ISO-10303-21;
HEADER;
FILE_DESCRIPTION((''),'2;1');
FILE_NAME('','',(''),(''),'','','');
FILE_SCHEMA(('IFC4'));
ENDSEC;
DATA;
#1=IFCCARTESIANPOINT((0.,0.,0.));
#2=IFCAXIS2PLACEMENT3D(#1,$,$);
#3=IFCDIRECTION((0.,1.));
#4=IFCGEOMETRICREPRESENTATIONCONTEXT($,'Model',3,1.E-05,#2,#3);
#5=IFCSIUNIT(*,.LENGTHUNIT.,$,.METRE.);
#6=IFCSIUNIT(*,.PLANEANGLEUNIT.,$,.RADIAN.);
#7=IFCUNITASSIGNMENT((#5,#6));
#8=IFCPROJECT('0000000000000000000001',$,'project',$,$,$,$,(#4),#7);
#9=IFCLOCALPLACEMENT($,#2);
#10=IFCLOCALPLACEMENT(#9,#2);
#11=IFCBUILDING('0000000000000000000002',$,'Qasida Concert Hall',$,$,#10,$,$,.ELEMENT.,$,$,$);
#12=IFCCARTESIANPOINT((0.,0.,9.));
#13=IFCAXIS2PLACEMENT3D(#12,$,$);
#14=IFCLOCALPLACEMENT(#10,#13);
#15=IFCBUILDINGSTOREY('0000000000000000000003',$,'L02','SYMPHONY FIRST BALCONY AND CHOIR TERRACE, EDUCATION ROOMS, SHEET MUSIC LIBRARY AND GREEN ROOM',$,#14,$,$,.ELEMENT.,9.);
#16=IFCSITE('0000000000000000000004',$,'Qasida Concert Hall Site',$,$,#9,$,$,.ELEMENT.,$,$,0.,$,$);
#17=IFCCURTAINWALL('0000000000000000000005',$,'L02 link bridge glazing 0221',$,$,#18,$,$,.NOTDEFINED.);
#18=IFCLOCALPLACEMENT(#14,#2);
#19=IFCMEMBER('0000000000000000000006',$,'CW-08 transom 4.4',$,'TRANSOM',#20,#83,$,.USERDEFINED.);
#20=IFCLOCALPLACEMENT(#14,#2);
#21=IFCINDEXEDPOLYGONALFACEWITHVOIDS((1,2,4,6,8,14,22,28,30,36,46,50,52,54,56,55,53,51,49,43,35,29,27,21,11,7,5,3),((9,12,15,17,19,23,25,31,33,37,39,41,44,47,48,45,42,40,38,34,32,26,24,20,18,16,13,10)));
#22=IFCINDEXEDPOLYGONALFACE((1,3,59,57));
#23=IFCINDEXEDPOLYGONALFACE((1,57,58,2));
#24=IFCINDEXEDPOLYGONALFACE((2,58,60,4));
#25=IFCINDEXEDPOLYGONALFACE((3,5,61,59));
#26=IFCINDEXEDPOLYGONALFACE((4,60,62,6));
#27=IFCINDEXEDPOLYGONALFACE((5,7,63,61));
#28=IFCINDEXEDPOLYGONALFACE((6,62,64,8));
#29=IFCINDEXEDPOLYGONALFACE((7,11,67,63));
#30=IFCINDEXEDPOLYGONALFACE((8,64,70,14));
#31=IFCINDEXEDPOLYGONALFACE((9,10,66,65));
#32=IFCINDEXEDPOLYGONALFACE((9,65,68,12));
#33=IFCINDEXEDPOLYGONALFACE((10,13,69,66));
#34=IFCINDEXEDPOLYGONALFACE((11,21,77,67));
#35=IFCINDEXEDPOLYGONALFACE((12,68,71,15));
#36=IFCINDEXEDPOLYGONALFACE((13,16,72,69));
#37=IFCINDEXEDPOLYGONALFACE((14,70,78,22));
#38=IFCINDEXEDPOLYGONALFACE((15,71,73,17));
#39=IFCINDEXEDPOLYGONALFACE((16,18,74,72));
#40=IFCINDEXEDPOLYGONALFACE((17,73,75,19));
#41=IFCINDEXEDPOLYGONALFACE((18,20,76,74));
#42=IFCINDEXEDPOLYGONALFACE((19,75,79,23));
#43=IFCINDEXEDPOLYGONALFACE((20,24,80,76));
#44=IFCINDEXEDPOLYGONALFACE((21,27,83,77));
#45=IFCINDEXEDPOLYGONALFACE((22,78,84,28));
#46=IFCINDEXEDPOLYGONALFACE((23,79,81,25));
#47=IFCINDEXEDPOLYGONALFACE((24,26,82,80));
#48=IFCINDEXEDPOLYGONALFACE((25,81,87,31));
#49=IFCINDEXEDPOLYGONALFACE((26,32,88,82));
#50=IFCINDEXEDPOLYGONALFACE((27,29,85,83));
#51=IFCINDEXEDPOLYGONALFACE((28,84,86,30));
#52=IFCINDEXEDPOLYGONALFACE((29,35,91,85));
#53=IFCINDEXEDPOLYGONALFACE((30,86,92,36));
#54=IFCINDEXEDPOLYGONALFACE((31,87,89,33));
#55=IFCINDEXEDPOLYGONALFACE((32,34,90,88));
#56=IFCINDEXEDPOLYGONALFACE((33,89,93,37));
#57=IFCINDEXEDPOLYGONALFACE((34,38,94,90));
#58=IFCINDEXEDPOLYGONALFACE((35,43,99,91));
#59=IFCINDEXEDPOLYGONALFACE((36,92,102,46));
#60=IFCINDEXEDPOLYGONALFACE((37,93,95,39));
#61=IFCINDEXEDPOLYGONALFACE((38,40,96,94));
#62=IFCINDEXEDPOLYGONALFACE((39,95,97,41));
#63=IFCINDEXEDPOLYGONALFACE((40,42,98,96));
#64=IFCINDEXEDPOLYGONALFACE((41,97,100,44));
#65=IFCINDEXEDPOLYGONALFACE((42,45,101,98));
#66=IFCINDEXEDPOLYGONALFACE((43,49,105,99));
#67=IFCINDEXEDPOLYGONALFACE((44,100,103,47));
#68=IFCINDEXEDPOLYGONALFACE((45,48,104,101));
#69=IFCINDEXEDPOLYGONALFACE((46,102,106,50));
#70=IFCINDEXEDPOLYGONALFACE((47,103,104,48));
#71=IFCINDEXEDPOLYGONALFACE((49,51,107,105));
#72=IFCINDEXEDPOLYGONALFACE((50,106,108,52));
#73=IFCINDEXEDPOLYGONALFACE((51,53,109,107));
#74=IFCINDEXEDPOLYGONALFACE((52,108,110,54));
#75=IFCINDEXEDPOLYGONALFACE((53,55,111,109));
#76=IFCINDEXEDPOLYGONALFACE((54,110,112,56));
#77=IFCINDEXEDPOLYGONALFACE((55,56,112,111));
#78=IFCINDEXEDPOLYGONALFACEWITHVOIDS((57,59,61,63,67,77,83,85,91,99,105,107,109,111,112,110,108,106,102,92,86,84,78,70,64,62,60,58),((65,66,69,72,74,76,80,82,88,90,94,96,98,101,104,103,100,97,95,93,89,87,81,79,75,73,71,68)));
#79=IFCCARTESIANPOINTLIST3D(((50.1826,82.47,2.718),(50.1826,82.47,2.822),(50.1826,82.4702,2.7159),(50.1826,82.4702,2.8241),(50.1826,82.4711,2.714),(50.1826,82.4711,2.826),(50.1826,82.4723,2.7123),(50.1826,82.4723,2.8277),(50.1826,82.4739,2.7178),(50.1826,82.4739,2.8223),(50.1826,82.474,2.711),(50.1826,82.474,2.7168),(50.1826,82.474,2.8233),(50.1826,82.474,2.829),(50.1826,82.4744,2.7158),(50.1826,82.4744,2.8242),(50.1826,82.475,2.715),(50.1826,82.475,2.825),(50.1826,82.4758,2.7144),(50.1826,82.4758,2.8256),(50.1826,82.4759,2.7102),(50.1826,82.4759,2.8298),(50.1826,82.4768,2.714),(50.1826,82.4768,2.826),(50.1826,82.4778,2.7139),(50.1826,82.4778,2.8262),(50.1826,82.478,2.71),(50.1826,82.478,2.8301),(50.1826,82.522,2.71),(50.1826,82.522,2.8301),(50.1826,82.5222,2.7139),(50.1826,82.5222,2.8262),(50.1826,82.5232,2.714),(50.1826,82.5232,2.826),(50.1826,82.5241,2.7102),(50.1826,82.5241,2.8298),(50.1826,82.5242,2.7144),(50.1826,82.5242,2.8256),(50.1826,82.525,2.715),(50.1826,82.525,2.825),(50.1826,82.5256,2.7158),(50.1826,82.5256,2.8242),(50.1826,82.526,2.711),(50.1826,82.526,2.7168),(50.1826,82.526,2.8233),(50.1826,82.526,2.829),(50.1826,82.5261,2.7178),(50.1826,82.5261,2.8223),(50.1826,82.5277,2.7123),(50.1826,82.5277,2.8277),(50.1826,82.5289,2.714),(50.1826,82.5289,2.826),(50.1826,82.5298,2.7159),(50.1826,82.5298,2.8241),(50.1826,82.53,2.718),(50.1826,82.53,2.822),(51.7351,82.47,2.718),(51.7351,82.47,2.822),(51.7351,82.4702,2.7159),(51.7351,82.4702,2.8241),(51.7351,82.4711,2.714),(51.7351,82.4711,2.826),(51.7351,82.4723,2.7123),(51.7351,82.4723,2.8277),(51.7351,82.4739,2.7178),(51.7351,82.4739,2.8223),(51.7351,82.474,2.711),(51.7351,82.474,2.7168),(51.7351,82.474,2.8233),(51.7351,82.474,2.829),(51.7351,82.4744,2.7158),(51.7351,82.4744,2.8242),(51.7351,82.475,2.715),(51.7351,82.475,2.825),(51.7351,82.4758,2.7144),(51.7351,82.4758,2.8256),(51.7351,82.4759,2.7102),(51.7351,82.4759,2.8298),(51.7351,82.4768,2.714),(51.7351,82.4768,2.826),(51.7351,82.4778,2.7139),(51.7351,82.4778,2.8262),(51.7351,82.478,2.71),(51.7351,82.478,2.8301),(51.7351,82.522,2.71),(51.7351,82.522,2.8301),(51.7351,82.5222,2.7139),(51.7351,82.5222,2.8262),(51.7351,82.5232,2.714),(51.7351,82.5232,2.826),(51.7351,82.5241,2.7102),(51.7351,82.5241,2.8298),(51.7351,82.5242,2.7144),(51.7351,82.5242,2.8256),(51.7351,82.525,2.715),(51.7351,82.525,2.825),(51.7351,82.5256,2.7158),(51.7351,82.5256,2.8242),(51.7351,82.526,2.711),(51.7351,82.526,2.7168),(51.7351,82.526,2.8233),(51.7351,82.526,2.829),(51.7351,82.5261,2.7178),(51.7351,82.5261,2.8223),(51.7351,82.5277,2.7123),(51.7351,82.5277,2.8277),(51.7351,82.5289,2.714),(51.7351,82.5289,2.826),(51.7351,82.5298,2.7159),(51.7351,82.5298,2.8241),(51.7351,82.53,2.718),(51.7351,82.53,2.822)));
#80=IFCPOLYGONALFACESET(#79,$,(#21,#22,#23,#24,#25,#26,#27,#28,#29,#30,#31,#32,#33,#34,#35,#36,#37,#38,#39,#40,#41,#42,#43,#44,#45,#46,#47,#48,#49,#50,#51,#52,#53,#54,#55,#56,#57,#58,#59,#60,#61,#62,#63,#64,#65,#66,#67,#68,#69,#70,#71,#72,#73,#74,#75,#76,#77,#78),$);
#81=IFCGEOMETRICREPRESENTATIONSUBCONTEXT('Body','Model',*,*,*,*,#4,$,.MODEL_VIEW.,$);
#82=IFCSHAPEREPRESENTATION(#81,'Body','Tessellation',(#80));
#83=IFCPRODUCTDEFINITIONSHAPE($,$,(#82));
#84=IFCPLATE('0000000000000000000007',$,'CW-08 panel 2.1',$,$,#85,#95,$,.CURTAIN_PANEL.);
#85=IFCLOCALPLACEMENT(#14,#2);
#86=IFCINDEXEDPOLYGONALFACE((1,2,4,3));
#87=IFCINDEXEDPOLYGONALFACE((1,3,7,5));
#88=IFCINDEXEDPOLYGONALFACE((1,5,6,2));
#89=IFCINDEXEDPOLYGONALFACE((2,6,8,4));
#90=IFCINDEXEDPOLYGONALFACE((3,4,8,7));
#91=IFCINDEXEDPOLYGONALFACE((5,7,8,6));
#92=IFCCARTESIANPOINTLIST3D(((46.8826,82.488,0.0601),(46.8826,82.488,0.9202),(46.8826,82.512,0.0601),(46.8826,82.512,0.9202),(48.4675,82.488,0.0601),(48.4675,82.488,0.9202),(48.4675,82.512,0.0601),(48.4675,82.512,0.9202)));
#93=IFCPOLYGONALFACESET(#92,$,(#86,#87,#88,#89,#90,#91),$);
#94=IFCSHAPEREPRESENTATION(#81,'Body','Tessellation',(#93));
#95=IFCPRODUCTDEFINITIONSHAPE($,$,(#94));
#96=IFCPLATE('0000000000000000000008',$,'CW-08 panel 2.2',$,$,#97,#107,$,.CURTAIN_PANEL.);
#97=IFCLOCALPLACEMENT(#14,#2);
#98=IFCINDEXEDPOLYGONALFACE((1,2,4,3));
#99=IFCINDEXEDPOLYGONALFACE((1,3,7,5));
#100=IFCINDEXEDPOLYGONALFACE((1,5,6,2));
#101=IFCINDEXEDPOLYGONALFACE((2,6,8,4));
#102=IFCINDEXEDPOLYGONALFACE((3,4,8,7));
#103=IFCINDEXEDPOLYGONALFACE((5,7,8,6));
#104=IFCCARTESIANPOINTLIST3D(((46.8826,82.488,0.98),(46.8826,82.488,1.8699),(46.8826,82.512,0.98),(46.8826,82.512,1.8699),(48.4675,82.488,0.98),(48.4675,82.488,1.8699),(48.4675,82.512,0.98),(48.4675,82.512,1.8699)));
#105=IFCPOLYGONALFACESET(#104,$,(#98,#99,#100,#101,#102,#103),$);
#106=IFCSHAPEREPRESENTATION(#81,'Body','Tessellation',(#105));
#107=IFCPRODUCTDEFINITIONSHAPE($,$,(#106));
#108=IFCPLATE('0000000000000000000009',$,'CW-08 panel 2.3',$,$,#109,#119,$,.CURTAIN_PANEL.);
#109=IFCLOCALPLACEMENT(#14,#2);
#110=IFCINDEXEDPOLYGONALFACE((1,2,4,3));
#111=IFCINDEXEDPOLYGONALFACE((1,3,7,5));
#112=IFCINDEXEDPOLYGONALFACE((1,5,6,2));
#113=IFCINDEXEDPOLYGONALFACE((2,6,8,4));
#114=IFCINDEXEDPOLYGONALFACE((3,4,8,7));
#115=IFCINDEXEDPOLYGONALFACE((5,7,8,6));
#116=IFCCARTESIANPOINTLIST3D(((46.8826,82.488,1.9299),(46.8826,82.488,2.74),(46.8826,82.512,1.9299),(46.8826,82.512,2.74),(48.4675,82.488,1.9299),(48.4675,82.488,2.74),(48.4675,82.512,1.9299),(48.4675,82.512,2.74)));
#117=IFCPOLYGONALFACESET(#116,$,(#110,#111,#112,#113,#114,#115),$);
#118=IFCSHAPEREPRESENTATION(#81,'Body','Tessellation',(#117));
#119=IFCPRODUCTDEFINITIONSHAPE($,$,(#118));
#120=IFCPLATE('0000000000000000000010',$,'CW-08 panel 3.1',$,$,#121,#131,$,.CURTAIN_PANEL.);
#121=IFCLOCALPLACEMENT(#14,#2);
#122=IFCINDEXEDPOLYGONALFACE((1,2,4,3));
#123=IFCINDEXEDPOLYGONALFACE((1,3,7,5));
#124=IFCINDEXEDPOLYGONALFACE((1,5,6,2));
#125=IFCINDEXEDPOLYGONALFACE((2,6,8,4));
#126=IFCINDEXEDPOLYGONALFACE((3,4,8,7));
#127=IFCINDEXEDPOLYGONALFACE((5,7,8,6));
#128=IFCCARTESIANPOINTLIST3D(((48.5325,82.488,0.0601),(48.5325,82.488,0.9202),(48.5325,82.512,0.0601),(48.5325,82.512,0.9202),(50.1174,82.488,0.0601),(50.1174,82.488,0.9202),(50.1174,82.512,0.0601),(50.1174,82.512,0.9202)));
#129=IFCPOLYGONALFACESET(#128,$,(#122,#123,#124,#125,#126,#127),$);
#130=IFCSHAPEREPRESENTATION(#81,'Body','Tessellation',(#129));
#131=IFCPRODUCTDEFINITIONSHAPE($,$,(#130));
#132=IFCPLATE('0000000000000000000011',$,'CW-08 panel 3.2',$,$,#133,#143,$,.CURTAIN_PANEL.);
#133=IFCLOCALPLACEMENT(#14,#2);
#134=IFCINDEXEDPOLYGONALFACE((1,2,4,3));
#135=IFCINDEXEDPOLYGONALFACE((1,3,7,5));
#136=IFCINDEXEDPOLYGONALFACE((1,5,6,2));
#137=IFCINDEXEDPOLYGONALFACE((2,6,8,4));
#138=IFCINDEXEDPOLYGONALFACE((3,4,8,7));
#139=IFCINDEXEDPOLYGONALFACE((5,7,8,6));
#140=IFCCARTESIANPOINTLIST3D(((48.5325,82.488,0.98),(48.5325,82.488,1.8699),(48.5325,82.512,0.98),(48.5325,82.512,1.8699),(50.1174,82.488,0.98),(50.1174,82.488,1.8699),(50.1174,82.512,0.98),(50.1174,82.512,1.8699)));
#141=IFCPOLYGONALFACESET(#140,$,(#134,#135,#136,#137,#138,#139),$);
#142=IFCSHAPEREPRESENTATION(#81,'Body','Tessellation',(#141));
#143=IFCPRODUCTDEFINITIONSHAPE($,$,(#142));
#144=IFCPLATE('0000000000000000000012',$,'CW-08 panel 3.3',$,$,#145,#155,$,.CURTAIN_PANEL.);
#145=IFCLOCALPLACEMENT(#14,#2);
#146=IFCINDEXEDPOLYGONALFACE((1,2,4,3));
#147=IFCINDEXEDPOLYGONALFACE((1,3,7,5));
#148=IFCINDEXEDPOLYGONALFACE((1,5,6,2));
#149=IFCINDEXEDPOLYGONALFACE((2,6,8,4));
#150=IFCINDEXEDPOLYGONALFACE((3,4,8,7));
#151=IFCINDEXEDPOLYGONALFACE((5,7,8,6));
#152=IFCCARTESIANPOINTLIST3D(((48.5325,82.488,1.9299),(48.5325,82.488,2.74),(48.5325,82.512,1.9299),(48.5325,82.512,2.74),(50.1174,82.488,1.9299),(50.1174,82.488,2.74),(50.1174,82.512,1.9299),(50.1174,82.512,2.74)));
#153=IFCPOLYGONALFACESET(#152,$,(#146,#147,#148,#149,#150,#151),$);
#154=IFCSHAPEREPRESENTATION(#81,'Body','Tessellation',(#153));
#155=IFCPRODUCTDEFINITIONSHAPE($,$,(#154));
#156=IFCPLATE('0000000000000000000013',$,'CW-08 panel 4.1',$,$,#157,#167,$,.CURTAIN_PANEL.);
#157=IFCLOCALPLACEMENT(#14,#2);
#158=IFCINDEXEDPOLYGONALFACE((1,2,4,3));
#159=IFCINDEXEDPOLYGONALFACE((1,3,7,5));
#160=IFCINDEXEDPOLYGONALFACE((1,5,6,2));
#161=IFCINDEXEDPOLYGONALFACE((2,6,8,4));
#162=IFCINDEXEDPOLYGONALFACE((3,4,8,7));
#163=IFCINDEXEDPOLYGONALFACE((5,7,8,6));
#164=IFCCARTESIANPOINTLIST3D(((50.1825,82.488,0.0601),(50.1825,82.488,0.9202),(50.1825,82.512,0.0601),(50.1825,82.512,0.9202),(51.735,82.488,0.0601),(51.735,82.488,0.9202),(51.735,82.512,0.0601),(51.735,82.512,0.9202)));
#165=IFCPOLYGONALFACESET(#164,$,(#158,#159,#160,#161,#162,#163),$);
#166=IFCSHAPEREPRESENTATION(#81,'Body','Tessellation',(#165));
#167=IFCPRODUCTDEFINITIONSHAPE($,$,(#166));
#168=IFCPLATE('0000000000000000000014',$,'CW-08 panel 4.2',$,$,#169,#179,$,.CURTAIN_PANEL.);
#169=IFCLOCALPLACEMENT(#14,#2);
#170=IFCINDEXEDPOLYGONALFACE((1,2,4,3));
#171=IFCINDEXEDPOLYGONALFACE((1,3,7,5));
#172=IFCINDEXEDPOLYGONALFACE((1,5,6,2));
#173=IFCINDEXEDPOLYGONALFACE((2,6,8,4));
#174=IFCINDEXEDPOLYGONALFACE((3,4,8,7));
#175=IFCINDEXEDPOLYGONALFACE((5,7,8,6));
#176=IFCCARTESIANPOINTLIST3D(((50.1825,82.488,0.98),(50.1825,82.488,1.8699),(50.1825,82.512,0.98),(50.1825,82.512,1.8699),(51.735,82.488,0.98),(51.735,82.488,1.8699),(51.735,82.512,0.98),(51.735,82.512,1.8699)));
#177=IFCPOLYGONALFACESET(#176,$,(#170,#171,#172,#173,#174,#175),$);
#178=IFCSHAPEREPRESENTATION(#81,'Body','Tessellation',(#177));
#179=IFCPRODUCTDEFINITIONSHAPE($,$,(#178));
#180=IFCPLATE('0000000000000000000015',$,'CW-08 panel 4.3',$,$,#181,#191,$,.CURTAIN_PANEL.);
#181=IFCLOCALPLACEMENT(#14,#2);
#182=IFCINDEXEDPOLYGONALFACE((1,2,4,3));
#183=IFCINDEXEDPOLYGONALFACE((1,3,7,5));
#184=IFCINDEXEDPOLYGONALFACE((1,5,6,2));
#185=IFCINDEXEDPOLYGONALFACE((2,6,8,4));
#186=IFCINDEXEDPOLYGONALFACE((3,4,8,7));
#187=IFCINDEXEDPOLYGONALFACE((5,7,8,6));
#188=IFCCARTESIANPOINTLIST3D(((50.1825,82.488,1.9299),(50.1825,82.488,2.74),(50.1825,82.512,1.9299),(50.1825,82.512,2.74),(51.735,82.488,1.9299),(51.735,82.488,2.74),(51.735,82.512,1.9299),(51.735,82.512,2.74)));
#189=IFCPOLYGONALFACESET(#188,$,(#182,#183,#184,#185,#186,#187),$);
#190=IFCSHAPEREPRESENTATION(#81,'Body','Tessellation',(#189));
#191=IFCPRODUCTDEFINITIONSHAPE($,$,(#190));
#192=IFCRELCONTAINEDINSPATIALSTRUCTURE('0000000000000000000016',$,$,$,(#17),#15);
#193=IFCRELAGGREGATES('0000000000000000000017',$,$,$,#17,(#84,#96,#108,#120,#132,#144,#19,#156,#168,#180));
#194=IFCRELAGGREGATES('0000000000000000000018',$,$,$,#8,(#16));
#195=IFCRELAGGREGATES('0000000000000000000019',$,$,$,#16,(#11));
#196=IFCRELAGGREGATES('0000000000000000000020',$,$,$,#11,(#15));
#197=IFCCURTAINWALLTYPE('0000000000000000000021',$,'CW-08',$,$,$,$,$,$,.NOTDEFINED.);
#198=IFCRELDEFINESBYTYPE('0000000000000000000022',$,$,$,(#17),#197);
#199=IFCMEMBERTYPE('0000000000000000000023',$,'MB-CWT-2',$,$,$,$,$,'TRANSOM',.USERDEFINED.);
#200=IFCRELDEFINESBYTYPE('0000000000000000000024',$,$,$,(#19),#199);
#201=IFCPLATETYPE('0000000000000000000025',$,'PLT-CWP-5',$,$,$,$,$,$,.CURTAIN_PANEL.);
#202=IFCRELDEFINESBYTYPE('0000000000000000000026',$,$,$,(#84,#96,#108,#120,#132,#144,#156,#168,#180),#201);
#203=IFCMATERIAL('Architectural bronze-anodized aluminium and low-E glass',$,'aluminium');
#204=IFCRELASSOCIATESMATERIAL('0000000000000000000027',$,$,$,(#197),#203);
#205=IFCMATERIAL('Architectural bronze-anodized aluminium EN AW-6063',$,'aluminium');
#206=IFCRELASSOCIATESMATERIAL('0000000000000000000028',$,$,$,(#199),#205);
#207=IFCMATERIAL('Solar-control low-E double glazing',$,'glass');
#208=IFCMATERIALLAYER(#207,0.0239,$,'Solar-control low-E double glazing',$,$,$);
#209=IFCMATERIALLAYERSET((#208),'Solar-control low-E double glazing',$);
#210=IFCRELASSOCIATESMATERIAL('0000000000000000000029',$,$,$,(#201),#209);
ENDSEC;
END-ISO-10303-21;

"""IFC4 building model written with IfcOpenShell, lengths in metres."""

from ifc_helpers import new_model, si_unit, direction, frame, origin, origin_2d, place, context, subcontext, project, spatial, rectangle, hollow_rectangle, extrude, material, layer, layer_set, material_profile, profile_set, type_object, element, aggregate, save


model = new_model("IFC4")

# Units and contexts
model_context = context("Model", 3, precision=1e-05, world=origin(), true_north=direction((0.0, 1.0)))
body_context = subcontext(model_context, "Body", "Model", "MODEL_VIEW")
ifc_project = project(units=[si_unit("LENGTHUNIT", "METRE"), si_unit("PLANEANGLEUNIT", "RADIAN")], contexts=[model_context])

# Site, building, storey
site_placement = place(None, origin())
site = spatial("IfcSite", under=ifc_project, at=site_placement, Name="Qasida Concert Hall Site", CompositionType="ELEMENT", RefElevation=0.0)
building_placement = place(site_placement, origin())
building = spatial("IfcBuilding", under=site, at=building_placement, Name="Qasida Concert Hall", CompositionType="ELEMENT")
storey_placement = place(building_placement, frame((0.0, 0.0, 9.0)))
storey = spatial("IfcBuildingStorey", under=building, at=storey_placement, Name="L02", Description="SYMPHONY FIRST BALCONY AND CHOIR TERRACE, EDUCATION ROOMS, SHEET MUSIC LIBRARY AND GREEN ROOM", CompositionType="ELEMENT", Elevation=9.0)

# Curtain wall, member, plates
ifc_material_1 = material(Name="Architectural bronze-anodized aluminium and low-E glass", Category="aluminium")
curtain_wall_type = type_object("IfcCurtainWallType", Name="CW-08", PredefinedType="NOTDEFINED", material=ifc_material_1)
curtain_wall_placement = place(storey_placement, origin())
curtain_wall = element("IfcCurtainWall", 1, at=curtain_wall_placement, inside=storey, type_object=curtain_wall_type, Name="L02 link bridge glazing 0221", PredefinedType="NOTDEFINED")
ifc_material_2 = material(Name="Architectural bronze-anodized aluminium EN AW-6063", Category="aluminium")
ifc_material_profile_1 = material_profile(ifc_material_2, hollow_rectangle(XDim=0.0601, YDim=0.1201, WallThickness=0.0039, InnerFilletRadius=0.0039, OuterFilletRadius=0.0081, at=origin_2d()), Name="CWT 120x60x4")
ifc_profile_set_1 = profile_set([ifc_material_profile_1], Name="Architectural bronze-anodized aluminium EN AW-6063")
member_type_1 = type_object("IfcMemberType", Name="MB-CWT-2", ElementType="TRANSOM", PredefinedType="USERDEFINED", material=ifc_profile_set_1)
member_1_placement = place(storey_placement, frame((50.1826, 82.5, 2.77), z_axis=(1.0, 0.0, 0.0), x_axis=(0.0, 1.0, 0.0)))
member_1 = element("IfcMember", 2, at=member_1_placement, type_object=member_type_1, Name="CW-08 transom 4.4", ObjectType="TRANSOM", PredefinedType="USERDEFINED", context=body_context, shape_type="SweptSolid", body=[
    extrude(hollow_rectangle(XDim=0.0601, YDim=0.1201, WallThickness=0.0039, InnerFilletRadius=0.0039, OuterFilletRadius=0.0081, at=origin_2d()), origin(), (0.0, 0.0, 1.0), 1.5525),
])
ifc_material_3 = material(Name="Solar-control low-E double glazing", Category="glass")
ifc_layer_1 = layer(ifc_material_3, 0.0239, Name="Solar-control low-E double glazing")
ifc_layer_set_1 = layer_set([ifc_layer_1], Name="Solar-control low-E double glazing")
plate_type = type_object("IfcPlateType", Name="PLT-CWP-5", PredefinedType="CURTAIN_PANEL", material=ifc_layer_set_1)
plate_1_placement = place(storey_placement, frame((47.675, 82.5, 0.0601), z_axis=(0.0, 0.0, 1.0), x_axis=(1.0, 0.0, 0.0)))
plate_1 = element("IfcPlate", 3, at=plate_1_placement, type_object=plate_type, Name="CW-08 panel 2.1", PredefinedType="CURTAIN_PANEL", context=body_context, shape_type="SweptSolid", body=[
    extrude(rectangle(XDim=1.585, YDim=0.0239, at=origin_2d()), origin(), (0.0, 0.0, 1.0), 0.8601),
])
plate_2_placement = place(storey_placement, frame((47.675, 82.5, 0.98), z_axis=(0.0, 0.0, 1.0), x_axis=(1.0, 0.0, 0.0)))
plate_2 = element("IfcPlate", 4, at=plate_2_placement, type_object=plate_type, Name="CW-08 panel 2.2", PredefinedType="CURTAIN_PANEL", context=body_context, shape_type="SweptSolid", body=[
    extrude(rectangle(XDim=1.585, YDim=0.0239, at=origin_2d()), origin(), (0.0, 0.0, 1.0), 0.8899),
])
plate_3_placement = place(storey_placement, frame((47.675, 82.5, 1.9299), z_axis=(0.0, 0.0, 1.0), x_axis=(1.0, 0.0, 0.0)))
plate_3 = element("IfcPlate", 5, at=plate_3_placement, type_object=plate_type, Name="CW-08 panel 2.3", PredefinedType="CURTAIN_PANEL", context=body_context, shape_type="SweptSolid", body=[
    extrude(rectangle(XDim=1.585, YDim=0.0239, at=origin_2d()), origin(), (0.0, 0.0, 1.0), 0.8101),
])
plate_4_placement = place(storey_placement, frame((49.325, 82.5, 0.0601), z_axis=(0.0, 0.0, 1.0), x_axis=(1.0, 0.0, 0.0)))
plate_4 = element("IfcPlate", 6, at=plate_4_placement, type_object=plate_type, Name="CW-08 panel 3.1", PredefinedType="CURTAIN_PANEL", context=body_context, shape_type="SweptSolid", body=[
    extrude(rectangle(XDim=1.585, YDim=0.0239, at=origin_2d()), origin(), (0.0, 0.0, 1.0), 0.8601),
])
plate_5_placement = place(storey_placement, frame((49.325, 82.5, 0.98), z_axis=(0.0, 0.0, 1.0), x_axis=(1.0, 0.0, 0.0)))
plate_5 = element("IfcPlate", 7, at=plate_5_placement, type_object=plate_type, Name="CW-08 panel 3.2", PredefinedType="CURTAIN_PANEL", context=body_context, shape_type="SweptSolid", body=[
    extrude(rectangle(XDim=1.585, YDim=0.0239, at=origin_2d()), origin(), (0.0, 0.0, 1.0), 0.8899),
])
plate_6_placement = place(storey_placement, frame((49.325, 82.5, 1.9299), z_axis=(0.0, 0.0, 1.0), x_axis=(1.0, 0.0, 0.0)))
plate_6 = element("IfcPlate", 8, at=plate_6_placement, type_object=plate_type, Name="CW-08 panel 3.3", PredefinedType="CURTAIN_PANEL", context=body_context, shape_type="SweptSolid", body=[
    extrude(rectangle(XDim=1.585, YDim=0.0239, at=origin_2d()), origin(), (0.0, 0.0, 1.0), 0.8101),
])
plate_7_placement = place(storey_placement, frame((50.9587, 82.5, 0.0601), z_axis=(0.0, 0.0, 1.0), x_axis=(1.0, 0.0, 0.0)))
plate_7 = element("IfcPlate", 9, at=plate_7_placement, type_object=plate_type, Name="CW-08 panel 4.1", PredefinedType="CURTAIN_PANEL", context=body_context, shape_type="SweptSolid", body=[
    extrude(rectangle(XDim=1.5525, YDim=0.0239, at=origin_2d()), origin(), (0.0, 0.0, 1.0), 0.8601),
])
plate_8_placement = place(storey_placement, frame((50.9587, 82.5, 0.98), z_axis=(0.0, 0.0, 1.0), x_axis=(1.0, 0.0, 0.0)))
plate_8 = element("IfcPlate", 10, at=plate_8_placement, type_object=plate_type, Name="CW-08 panel 4.2", PredefinedType="CURTAIN_PANEL", context=body_context, shape_type="SweptSolid", body=[
    extrude(rectangle(XDim=1.5525, YDim=0.0239, at=origin_2d()), origin(), (0.0, 0.0, 1.0), 0.8899),
])
plate_9_placement = place(storey_placement, frame((50.9587, 82.5, 1.9299), z_axis=(0.0, 0.0, 1.0), x_axis=(1.0, 0.0, 0.0)))
plate_9 = element("IfcPlate", 11, at=plate_9_placement, type_object=plate_type, Name="CW-08 panel 4.3", PredefinedType="CURTAIN_PANEL", context=body_context, shape_type="SweptSolid", body=[
    extrude(rectangle(XDim=1.5525, YDim=0.0239, at=origin_2d()), origin(), (0.0, 0.0, 1.0), 0.8101),
])
aggregate(curtain_wall, [plate_1, plate_2, plate_3, plate_4, plate_5, plate_6, member_1, plate_7, plate_8, plate_9])

save(model, "model.ifc")
